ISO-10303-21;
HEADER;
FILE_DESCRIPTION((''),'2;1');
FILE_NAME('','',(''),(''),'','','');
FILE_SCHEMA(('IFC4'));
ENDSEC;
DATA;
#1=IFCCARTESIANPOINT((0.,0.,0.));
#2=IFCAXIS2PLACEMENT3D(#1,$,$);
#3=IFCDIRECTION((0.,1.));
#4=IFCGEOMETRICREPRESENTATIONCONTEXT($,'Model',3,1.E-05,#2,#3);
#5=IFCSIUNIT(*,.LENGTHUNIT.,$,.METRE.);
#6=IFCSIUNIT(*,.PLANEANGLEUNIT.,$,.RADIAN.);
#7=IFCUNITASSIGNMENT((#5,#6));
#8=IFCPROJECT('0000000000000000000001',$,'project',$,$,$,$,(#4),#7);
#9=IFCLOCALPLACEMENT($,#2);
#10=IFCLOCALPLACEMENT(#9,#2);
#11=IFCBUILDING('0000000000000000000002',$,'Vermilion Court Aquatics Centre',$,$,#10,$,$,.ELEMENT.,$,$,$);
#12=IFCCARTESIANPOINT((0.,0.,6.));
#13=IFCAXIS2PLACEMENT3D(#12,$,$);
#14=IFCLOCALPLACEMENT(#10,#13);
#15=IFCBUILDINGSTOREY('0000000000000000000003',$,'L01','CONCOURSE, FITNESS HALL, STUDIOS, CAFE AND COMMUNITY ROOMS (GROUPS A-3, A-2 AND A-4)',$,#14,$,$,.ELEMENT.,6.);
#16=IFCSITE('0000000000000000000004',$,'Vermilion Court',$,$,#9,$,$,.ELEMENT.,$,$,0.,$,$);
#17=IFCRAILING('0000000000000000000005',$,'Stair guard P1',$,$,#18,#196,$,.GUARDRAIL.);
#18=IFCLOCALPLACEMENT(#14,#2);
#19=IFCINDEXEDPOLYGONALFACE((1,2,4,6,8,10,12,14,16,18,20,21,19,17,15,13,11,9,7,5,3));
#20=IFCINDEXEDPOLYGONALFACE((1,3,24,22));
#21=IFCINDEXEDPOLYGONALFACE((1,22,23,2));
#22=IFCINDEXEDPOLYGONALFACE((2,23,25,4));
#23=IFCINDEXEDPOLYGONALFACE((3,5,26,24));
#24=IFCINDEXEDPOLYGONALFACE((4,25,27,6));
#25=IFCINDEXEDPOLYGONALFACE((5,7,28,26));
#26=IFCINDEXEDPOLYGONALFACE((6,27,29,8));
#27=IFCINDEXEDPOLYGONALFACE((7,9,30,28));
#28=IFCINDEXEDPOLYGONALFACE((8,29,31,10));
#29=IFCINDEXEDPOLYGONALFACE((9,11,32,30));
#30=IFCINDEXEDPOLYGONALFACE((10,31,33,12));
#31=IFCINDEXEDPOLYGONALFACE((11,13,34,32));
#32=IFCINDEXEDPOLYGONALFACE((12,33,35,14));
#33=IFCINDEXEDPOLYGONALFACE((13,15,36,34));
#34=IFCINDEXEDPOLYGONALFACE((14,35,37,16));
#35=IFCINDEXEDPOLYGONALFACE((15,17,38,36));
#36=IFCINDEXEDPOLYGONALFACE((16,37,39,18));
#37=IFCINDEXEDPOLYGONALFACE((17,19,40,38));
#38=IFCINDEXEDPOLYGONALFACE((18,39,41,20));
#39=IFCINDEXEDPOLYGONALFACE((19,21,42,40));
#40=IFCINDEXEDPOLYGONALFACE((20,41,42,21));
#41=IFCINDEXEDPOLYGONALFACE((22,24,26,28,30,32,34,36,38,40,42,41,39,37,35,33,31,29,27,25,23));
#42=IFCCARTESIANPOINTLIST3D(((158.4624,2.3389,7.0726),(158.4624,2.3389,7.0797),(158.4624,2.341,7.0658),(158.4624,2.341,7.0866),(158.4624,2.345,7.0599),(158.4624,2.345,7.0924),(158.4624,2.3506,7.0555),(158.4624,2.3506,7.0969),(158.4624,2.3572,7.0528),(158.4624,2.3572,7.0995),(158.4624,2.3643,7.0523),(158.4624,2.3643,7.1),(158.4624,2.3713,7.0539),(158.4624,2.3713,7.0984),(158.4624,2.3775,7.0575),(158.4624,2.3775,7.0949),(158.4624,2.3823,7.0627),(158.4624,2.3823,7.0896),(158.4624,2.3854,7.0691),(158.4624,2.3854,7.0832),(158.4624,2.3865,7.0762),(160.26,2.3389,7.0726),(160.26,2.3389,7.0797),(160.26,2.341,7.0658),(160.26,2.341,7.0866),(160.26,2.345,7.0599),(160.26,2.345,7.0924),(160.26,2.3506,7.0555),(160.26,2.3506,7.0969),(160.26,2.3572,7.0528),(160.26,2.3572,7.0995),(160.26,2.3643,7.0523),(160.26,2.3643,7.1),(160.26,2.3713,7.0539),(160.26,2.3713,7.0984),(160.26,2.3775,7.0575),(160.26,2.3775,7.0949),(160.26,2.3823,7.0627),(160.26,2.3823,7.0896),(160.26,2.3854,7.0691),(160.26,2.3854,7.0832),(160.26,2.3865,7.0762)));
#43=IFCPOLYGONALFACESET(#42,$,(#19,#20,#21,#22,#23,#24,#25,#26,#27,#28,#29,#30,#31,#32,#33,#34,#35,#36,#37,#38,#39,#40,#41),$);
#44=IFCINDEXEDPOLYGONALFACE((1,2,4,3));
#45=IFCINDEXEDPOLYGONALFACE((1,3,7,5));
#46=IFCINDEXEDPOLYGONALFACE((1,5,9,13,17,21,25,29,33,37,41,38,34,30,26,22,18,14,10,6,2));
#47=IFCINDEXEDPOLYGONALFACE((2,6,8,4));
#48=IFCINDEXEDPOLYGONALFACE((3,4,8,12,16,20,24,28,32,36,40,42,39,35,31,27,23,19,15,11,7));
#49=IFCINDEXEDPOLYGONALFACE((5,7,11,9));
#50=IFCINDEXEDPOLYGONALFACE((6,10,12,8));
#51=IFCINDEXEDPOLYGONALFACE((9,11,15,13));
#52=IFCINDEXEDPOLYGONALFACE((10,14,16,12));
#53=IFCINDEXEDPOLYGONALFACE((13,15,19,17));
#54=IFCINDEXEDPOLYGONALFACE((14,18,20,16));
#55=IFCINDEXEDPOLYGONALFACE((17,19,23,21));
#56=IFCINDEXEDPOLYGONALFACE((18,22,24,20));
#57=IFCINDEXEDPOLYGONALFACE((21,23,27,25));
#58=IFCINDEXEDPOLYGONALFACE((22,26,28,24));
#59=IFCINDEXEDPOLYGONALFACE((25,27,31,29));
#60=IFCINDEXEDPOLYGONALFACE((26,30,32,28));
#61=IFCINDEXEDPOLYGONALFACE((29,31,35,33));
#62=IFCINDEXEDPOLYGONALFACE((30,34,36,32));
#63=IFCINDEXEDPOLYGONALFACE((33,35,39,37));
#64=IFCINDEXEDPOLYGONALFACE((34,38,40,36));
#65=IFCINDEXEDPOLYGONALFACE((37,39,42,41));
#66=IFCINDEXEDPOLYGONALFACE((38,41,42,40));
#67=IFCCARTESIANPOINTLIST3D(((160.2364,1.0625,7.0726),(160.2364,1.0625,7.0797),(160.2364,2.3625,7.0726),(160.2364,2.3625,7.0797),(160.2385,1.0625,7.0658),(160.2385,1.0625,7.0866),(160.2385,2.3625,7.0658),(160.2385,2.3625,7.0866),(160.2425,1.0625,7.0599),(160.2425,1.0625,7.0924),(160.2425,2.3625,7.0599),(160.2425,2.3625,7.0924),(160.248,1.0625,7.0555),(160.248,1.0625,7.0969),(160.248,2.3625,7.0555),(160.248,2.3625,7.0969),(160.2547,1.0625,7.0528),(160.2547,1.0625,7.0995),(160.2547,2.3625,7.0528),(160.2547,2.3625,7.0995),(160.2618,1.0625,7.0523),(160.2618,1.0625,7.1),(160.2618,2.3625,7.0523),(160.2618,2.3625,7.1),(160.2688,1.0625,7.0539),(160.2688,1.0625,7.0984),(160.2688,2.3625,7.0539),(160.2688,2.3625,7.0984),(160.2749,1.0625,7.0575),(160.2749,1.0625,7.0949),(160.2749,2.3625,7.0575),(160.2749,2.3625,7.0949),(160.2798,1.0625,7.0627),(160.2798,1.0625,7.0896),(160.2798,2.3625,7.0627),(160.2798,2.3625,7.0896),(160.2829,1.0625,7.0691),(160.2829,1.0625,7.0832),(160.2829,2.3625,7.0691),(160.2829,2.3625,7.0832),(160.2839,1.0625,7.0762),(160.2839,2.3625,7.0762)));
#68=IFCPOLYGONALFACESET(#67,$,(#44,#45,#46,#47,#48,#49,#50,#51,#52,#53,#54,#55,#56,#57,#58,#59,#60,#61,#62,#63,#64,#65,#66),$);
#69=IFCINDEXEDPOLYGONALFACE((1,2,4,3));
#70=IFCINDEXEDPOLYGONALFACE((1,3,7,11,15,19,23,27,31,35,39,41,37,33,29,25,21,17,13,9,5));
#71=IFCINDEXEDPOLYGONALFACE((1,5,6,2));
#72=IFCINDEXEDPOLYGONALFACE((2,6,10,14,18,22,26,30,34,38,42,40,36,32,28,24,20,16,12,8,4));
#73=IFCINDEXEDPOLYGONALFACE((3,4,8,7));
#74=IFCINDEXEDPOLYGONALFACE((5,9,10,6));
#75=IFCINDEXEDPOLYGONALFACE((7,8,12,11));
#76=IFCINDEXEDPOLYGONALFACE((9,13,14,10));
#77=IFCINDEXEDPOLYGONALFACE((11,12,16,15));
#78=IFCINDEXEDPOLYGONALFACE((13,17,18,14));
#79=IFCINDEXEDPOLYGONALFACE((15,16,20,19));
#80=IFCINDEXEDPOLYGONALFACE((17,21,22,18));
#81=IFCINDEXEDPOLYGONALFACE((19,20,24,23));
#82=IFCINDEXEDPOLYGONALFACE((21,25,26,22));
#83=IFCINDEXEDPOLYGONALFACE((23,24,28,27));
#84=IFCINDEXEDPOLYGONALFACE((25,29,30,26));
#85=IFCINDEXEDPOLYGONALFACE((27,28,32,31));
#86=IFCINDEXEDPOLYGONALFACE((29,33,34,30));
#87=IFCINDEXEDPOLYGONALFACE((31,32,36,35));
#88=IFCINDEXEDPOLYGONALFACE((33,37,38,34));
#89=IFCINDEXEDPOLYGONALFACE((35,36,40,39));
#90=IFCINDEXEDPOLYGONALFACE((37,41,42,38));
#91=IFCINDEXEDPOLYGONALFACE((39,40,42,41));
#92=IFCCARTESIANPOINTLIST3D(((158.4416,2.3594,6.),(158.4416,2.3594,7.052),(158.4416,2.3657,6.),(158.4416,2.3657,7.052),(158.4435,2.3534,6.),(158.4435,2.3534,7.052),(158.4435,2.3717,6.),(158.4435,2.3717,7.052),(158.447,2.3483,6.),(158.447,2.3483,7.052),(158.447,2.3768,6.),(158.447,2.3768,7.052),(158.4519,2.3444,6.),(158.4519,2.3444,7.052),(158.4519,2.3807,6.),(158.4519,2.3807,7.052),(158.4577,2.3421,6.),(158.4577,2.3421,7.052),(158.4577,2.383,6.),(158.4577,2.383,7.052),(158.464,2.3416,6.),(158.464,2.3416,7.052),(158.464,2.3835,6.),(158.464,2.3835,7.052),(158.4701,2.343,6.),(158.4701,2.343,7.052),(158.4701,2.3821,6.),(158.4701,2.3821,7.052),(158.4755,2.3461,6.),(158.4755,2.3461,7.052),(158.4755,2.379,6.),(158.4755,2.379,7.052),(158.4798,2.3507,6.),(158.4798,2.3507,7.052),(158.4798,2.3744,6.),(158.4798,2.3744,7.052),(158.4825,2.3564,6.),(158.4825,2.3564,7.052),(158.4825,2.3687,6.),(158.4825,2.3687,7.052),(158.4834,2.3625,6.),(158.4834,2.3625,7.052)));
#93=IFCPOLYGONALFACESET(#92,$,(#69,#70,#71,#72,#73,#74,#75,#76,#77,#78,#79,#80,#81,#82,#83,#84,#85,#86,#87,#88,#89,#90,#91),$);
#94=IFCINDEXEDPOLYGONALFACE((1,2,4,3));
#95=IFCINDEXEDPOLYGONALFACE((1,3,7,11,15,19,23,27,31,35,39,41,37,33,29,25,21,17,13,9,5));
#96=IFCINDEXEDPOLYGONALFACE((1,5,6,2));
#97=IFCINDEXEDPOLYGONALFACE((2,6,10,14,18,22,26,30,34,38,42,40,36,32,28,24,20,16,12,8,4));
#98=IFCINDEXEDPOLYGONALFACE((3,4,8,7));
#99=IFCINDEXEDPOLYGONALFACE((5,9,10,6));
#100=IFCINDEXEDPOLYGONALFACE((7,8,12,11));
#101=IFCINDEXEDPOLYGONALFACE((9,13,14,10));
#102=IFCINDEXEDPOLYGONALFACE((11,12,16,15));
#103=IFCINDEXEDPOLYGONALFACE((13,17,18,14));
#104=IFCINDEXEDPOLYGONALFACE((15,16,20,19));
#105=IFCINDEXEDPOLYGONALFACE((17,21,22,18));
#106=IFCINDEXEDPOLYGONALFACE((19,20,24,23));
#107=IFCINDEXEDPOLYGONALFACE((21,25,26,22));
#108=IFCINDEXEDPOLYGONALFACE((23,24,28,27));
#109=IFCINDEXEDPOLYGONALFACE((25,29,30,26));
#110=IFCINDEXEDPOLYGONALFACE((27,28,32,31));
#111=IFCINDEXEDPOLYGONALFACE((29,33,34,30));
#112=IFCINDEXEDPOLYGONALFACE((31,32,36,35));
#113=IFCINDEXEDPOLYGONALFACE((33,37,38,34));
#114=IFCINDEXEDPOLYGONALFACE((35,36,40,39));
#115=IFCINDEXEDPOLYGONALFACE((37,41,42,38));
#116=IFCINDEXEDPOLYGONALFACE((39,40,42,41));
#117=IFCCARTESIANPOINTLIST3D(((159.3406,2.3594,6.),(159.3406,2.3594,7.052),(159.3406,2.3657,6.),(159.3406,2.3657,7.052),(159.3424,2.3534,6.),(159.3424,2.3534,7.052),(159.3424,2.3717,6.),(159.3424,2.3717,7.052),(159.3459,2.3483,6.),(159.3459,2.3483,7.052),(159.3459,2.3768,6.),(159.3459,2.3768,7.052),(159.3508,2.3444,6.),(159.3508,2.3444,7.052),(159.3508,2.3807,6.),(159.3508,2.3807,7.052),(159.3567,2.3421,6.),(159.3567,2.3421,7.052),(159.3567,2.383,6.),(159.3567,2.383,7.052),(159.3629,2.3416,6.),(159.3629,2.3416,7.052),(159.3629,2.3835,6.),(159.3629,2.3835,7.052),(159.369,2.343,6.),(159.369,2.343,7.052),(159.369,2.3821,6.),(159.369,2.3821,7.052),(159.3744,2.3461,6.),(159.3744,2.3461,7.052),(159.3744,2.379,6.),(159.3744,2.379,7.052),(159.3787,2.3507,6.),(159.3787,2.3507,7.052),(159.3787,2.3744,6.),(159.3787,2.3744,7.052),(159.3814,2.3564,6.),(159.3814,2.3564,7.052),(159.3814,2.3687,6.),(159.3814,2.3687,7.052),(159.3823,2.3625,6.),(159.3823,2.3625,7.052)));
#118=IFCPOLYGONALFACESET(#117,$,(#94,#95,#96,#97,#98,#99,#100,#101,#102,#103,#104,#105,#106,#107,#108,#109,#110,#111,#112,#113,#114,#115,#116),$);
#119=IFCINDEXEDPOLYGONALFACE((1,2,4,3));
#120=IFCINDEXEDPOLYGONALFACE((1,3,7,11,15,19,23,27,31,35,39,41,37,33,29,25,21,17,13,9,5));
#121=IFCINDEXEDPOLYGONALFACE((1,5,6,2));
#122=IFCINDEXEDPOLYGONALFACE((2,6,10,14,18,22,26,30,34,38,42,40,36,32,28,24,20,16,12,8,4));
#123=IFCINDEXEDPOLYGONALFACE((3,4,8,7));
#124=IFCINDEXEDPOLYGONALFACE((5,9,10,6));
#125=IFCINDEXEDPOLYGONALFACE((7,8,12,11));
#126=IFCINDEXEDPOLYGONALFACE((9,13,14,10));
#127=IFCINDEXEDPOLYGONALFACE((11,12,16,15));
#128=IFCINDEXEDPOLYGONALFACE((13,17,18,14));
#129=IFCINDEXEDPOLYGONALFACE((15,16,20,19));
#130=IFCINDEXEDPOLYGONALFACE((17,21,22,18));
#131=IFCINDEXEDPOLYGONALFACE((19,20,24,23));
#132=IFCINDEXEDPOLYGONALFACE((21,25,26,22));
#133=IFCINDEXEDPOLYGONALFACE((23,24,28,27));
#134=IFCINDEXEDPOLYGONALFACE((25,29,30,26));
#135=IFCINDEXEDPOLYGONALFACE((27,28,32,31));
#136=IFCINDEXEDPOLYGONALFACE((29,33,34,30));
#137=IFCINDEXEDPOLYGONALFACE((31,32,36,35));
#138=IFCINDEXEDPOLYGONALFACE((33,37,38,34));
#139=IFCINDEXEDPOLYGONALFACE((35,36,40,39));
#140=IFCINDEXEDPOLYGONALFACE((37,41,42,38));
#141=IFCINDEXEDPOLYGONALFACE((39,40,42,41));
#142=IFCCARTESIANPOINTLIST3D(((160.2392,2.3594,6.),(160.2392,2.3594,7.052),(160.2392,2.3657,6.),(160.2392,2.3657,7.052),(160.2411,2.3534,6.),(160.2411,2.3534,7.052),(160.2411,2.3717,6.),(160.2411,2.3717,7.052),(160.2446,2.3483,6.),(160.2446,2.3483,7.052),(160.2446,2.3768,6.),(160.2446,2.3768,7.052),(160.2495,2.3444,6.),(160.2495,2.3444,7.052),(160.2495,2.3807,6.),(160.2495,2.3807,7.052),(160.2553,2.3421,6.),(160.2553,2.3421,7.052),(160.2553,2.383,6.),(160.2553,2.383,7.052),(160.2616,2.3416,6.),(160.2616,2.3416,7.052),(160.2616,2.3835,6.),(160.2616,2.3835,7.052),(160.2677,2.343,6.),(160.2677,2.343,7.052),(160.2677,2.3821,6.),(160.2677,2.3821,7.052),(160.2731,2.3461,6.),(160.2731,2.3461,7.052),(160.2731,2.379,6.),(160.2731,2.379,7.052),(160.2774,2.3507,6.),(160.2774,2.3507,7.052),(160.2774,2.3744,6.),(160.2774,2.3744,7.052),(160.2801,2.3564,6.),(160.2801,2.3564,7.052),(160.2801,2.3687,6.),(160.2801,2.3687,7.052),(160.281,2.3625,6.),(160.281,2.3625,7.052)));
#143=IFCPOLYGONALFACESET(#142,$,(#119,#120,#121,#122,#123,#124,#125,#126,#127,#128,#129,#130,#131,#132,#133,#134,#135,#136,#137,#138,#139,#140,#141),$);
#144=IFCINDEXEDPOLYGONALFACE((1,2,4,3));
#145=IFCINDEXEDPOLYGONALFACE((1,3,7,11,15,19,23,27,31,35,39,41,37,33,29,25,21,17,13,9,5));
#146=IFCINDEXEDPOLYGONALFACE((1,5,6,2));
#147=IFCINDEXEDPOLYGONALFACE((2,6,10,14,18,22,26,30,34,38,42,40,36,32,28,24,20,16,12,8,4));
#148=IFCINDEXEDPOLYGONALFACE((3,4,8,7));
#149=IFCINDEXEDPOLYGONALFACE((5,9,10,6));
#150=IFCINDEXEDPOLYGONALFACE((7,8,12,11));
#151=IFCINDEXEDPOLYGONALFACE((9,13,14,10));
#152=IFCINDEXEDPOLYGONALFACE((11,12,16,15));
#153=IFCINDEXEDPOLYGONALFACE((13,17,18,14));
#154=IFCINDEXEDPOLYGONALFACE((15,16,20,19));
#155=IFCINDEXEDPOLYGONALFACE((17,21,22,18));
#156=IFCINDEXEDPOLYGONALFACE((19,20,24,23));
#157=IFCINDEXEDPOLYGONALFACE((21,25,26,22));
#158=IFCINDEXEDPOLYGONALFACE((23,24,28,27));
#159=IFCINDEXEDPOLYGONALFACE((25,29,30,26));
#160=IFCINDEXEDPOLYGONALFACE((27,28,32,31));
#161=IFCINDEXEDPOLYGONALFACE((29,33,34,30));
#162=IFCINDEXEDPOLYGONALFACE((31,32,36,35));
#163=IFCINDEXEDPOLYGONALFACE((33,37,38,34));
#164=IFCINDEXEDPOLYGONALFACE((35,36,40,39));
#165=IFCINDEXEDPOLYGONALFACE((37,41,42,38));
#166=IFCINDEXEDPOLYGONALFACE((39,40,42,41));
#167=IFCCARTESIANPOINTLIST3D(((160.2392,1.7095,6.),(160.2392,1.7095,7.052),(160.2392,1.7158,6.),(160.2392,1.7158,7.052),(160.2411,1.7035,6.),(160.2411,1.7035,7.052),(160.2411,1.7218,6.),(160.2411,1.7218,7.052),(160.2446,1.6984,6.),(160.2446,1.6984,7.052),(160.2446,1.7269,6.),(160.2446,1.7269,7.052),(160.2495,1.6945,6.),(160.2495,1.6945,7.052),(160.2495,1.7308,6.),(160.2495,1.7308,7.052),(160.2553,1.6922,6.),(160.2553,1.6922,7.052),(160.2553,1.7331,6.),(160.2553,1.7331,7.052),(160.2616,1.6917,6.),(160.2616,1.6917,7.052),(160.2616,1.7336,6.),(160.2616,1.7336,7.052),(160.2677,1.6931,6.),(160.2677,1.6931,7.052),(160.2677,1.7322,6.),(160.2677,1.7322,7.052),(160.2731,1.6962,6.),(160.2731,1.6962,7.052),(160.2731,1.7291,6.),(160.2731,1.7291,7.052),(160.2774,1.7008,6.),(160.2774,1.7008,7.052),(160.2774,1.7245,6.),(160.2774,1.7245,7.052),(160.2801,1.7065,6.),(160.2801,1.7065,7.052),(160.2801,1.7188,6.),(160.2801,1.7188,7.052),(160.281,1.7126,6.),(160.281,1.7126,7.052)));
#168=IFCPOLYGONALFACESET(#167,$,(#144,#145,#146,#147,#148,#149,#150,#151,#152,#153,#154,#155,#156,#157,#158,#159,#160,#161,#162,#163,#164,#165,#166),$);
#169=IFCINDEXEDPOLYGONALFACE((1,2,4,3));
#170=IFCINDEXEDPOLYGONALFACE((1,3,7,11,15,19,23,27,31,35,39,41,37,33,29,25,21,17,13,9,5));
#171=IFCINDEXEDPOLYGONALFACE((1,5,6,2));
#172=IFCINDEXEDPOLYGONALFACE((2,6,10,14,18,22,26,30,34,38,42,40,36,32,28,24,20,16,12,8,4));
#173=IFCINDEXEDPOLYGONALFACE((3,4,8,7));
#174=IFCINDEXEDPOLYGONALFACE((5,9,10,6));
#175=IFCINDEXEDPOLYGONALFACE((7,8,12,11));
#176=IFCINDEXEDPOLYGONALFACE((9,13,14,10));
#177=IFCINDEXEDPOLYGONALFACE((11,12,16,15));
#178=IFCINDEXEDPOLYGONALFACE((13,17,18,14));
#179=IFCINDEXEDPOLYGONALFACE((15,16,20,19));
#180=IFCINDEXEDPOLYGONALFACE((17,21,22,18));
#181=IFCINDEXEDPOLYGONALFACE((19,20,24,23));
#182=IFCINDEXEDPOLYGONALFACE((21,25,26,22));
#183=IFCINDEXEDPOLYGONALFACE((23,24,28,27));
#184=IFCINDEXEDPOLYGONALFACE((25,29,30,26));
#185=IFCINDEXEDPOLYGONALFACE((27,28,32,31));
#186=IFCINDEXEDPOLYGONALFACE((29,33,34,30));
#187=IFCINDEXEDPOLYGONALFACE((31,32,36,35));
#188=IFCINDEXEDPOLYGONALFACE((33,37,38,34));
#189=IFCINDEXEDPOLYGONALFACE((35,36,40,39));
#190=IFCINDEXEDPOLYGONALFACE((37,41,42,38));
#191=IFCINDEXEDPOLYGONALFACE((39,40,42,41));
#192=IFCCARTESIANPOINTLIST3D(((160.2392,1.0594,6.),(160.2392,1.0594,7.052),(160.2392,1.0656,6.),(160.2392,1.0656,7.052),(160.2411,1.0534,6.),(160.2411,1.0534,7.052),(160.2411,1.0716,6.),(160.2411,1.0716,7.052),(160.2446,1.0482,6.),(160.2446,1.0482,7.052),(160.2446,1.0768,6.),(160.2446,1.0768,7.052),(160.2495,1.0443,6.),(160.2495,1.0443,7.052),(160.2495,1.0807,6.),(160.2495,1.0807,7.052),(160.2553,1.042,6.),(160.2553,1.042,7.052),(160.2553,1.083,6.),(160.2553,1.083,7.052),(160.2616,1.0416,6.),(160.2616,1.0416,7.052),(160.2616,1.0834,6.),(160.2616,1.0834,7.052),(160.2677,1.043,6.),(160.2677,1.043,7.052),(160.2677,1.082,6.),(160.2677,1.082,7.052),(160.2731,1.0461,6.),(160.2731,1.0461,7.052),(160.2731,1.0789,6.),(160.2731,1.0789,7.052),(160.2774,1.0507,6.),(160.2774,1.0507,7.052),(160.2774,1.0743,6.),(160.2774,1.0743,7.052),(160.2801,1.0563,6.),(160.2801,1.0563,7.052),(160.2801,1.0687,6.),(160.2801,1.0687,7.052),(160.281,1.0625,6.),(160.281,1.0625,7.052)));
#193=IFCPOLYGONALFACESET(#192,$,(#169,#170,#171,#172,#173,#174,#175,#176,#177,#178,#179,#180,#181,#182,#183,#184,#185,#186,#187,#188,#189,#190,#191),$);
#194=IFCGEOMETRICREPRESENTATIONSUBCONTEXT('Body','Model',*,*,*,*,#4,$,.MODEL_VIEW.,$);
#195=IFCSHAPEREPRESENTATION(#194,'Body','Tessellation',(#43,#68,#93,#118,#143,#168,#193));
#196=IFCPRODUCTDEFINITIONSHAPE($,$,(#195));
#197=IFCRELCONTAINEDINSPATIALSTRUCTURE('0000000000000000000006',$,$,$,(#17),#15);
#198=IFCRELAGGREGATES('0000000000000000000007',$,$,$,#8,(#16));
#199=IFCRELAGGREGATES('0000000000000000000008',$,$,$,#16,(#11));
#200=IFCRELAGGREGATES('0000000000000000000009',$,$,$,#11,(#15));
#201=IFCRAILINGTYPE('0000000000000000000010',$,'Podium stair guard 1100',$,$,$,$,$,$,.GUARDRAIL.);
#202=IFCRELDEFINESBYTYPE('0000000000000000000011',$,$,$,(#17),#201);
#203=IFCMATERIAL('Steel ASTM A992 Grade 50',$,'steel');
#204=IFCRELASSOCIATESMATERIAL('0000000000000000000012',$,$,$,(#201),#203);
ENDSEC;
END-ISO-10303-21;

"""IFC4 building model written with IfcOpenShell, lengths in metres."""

from ifc_helpers import new_model, si_unit, direction, frame, origin, origin_2d, place, context, subcontext, project, spatial, circle, extrude, material, type_object, element, save


model = new_model("IFC4")

# Units and contexts
model_context = context("Model", 3, precision=1e-05, world=origin(), true_north=direction((0.0, 1.0)))
body_context = subcontext(model_context, "Body", "Model", "MODEL_VIEW")
ifc_project = project(units=[si_unit("LENGTHUNIT", "METRE"), si_unit("PLANEANGLEUNIT", "RADIAN")], contexts=[model_context])

# Site, building, storey
site_placement = place(None, origin())
site = spatial("IfcSite", under=ifc_project, at=site_placement, Name="Vermilion Court", CompositionType="ELEMENT", RefElevation=0.0)
building_placement = place(site_placement, origin())
building = spatial("IfcBuilding", under=site, at=building_placement, Name="Vermilion Court Aquatics Centre", CompositionType="ELEMENT")
storey_placement = place(building_placement, frame((0.0, 0.0, 6.0)))
storey = spatial("IfcBuildingStorey", under=building, at=storey_placement, Name="L01", Description="CONCOURSE, FITNESS HALL, STUDIOS, CAFE AND COMMUNITY ROOMS (GROUPS A-3, A-2 AND A-4)", CompositionType="ELEMENT", Elevation=6.0)

# Railing
ifc_material_1 = material(Name="Steel ASTM A992 Grade 50", Category="steel")
railing_type_1 = type_object("IfcRailingType", Name="Podium stair guard 1100", PredefinedType="GUARDRAIL", material=ifc_material_1)
railing_1_placement = place(storey_placement, frame((158.4624, 2.3625, 6.0)))
element("IfcRailing", 1, at=railing_1_placement, inside=storey, type_object=railing_type_1, Name="Stair guard P1", PredefinedType="GUARDRAIL", context=body_context, shape_type="SweptSolid", body=[
    extrude(circle(Radius=0.0239, at=origin_2d()), frame((0.0, 0.0, 1.0762), z_axis=(1.0, 0.0, 0.0), x_axis=(0.0, 1.0, 0.0)), (0.0, 0.0, 1.0), 1.7976),
    extrude(circle(Radius=0.0239, at=origin_2d()), frame((1.7976, 0.0, 1.0762), z_axis=(0.0, -1.0, 0.0), x_axis=(1.0, 0.0, 0.0)), (0.0, 0.0, 1.0), 1.3),
    extrude(circle(Radius=0.021, at=origin_2d()), origin(), (0.0, 0.0, 1.0), 1.052),
    extrude(circle(Radius=0.021, at=origin_2d()), frame((0.8989, 0.0, 0.0)), (0.0, 0.0, 1.0), 1.052),
    extrude(circle(Radius=0.021, at=origin_2d()), frame((1.7976, 0.0, 0.0)), (0.0, 0.0, 1.0), 1.052),
    extrude(circle(Radius=0.021, at=origin_2d()), frame((1.7976, -0.6499, 0.0)), (0.0, 0.0, 1.0), 1.052),
    extrude(circle(Radius=0.021, at=origin_2d()), frame((1.7976, -1.3, 0.0)), (0.0, 0.0, 1.0), 1.052),
])

save(model, "model.ifc")
